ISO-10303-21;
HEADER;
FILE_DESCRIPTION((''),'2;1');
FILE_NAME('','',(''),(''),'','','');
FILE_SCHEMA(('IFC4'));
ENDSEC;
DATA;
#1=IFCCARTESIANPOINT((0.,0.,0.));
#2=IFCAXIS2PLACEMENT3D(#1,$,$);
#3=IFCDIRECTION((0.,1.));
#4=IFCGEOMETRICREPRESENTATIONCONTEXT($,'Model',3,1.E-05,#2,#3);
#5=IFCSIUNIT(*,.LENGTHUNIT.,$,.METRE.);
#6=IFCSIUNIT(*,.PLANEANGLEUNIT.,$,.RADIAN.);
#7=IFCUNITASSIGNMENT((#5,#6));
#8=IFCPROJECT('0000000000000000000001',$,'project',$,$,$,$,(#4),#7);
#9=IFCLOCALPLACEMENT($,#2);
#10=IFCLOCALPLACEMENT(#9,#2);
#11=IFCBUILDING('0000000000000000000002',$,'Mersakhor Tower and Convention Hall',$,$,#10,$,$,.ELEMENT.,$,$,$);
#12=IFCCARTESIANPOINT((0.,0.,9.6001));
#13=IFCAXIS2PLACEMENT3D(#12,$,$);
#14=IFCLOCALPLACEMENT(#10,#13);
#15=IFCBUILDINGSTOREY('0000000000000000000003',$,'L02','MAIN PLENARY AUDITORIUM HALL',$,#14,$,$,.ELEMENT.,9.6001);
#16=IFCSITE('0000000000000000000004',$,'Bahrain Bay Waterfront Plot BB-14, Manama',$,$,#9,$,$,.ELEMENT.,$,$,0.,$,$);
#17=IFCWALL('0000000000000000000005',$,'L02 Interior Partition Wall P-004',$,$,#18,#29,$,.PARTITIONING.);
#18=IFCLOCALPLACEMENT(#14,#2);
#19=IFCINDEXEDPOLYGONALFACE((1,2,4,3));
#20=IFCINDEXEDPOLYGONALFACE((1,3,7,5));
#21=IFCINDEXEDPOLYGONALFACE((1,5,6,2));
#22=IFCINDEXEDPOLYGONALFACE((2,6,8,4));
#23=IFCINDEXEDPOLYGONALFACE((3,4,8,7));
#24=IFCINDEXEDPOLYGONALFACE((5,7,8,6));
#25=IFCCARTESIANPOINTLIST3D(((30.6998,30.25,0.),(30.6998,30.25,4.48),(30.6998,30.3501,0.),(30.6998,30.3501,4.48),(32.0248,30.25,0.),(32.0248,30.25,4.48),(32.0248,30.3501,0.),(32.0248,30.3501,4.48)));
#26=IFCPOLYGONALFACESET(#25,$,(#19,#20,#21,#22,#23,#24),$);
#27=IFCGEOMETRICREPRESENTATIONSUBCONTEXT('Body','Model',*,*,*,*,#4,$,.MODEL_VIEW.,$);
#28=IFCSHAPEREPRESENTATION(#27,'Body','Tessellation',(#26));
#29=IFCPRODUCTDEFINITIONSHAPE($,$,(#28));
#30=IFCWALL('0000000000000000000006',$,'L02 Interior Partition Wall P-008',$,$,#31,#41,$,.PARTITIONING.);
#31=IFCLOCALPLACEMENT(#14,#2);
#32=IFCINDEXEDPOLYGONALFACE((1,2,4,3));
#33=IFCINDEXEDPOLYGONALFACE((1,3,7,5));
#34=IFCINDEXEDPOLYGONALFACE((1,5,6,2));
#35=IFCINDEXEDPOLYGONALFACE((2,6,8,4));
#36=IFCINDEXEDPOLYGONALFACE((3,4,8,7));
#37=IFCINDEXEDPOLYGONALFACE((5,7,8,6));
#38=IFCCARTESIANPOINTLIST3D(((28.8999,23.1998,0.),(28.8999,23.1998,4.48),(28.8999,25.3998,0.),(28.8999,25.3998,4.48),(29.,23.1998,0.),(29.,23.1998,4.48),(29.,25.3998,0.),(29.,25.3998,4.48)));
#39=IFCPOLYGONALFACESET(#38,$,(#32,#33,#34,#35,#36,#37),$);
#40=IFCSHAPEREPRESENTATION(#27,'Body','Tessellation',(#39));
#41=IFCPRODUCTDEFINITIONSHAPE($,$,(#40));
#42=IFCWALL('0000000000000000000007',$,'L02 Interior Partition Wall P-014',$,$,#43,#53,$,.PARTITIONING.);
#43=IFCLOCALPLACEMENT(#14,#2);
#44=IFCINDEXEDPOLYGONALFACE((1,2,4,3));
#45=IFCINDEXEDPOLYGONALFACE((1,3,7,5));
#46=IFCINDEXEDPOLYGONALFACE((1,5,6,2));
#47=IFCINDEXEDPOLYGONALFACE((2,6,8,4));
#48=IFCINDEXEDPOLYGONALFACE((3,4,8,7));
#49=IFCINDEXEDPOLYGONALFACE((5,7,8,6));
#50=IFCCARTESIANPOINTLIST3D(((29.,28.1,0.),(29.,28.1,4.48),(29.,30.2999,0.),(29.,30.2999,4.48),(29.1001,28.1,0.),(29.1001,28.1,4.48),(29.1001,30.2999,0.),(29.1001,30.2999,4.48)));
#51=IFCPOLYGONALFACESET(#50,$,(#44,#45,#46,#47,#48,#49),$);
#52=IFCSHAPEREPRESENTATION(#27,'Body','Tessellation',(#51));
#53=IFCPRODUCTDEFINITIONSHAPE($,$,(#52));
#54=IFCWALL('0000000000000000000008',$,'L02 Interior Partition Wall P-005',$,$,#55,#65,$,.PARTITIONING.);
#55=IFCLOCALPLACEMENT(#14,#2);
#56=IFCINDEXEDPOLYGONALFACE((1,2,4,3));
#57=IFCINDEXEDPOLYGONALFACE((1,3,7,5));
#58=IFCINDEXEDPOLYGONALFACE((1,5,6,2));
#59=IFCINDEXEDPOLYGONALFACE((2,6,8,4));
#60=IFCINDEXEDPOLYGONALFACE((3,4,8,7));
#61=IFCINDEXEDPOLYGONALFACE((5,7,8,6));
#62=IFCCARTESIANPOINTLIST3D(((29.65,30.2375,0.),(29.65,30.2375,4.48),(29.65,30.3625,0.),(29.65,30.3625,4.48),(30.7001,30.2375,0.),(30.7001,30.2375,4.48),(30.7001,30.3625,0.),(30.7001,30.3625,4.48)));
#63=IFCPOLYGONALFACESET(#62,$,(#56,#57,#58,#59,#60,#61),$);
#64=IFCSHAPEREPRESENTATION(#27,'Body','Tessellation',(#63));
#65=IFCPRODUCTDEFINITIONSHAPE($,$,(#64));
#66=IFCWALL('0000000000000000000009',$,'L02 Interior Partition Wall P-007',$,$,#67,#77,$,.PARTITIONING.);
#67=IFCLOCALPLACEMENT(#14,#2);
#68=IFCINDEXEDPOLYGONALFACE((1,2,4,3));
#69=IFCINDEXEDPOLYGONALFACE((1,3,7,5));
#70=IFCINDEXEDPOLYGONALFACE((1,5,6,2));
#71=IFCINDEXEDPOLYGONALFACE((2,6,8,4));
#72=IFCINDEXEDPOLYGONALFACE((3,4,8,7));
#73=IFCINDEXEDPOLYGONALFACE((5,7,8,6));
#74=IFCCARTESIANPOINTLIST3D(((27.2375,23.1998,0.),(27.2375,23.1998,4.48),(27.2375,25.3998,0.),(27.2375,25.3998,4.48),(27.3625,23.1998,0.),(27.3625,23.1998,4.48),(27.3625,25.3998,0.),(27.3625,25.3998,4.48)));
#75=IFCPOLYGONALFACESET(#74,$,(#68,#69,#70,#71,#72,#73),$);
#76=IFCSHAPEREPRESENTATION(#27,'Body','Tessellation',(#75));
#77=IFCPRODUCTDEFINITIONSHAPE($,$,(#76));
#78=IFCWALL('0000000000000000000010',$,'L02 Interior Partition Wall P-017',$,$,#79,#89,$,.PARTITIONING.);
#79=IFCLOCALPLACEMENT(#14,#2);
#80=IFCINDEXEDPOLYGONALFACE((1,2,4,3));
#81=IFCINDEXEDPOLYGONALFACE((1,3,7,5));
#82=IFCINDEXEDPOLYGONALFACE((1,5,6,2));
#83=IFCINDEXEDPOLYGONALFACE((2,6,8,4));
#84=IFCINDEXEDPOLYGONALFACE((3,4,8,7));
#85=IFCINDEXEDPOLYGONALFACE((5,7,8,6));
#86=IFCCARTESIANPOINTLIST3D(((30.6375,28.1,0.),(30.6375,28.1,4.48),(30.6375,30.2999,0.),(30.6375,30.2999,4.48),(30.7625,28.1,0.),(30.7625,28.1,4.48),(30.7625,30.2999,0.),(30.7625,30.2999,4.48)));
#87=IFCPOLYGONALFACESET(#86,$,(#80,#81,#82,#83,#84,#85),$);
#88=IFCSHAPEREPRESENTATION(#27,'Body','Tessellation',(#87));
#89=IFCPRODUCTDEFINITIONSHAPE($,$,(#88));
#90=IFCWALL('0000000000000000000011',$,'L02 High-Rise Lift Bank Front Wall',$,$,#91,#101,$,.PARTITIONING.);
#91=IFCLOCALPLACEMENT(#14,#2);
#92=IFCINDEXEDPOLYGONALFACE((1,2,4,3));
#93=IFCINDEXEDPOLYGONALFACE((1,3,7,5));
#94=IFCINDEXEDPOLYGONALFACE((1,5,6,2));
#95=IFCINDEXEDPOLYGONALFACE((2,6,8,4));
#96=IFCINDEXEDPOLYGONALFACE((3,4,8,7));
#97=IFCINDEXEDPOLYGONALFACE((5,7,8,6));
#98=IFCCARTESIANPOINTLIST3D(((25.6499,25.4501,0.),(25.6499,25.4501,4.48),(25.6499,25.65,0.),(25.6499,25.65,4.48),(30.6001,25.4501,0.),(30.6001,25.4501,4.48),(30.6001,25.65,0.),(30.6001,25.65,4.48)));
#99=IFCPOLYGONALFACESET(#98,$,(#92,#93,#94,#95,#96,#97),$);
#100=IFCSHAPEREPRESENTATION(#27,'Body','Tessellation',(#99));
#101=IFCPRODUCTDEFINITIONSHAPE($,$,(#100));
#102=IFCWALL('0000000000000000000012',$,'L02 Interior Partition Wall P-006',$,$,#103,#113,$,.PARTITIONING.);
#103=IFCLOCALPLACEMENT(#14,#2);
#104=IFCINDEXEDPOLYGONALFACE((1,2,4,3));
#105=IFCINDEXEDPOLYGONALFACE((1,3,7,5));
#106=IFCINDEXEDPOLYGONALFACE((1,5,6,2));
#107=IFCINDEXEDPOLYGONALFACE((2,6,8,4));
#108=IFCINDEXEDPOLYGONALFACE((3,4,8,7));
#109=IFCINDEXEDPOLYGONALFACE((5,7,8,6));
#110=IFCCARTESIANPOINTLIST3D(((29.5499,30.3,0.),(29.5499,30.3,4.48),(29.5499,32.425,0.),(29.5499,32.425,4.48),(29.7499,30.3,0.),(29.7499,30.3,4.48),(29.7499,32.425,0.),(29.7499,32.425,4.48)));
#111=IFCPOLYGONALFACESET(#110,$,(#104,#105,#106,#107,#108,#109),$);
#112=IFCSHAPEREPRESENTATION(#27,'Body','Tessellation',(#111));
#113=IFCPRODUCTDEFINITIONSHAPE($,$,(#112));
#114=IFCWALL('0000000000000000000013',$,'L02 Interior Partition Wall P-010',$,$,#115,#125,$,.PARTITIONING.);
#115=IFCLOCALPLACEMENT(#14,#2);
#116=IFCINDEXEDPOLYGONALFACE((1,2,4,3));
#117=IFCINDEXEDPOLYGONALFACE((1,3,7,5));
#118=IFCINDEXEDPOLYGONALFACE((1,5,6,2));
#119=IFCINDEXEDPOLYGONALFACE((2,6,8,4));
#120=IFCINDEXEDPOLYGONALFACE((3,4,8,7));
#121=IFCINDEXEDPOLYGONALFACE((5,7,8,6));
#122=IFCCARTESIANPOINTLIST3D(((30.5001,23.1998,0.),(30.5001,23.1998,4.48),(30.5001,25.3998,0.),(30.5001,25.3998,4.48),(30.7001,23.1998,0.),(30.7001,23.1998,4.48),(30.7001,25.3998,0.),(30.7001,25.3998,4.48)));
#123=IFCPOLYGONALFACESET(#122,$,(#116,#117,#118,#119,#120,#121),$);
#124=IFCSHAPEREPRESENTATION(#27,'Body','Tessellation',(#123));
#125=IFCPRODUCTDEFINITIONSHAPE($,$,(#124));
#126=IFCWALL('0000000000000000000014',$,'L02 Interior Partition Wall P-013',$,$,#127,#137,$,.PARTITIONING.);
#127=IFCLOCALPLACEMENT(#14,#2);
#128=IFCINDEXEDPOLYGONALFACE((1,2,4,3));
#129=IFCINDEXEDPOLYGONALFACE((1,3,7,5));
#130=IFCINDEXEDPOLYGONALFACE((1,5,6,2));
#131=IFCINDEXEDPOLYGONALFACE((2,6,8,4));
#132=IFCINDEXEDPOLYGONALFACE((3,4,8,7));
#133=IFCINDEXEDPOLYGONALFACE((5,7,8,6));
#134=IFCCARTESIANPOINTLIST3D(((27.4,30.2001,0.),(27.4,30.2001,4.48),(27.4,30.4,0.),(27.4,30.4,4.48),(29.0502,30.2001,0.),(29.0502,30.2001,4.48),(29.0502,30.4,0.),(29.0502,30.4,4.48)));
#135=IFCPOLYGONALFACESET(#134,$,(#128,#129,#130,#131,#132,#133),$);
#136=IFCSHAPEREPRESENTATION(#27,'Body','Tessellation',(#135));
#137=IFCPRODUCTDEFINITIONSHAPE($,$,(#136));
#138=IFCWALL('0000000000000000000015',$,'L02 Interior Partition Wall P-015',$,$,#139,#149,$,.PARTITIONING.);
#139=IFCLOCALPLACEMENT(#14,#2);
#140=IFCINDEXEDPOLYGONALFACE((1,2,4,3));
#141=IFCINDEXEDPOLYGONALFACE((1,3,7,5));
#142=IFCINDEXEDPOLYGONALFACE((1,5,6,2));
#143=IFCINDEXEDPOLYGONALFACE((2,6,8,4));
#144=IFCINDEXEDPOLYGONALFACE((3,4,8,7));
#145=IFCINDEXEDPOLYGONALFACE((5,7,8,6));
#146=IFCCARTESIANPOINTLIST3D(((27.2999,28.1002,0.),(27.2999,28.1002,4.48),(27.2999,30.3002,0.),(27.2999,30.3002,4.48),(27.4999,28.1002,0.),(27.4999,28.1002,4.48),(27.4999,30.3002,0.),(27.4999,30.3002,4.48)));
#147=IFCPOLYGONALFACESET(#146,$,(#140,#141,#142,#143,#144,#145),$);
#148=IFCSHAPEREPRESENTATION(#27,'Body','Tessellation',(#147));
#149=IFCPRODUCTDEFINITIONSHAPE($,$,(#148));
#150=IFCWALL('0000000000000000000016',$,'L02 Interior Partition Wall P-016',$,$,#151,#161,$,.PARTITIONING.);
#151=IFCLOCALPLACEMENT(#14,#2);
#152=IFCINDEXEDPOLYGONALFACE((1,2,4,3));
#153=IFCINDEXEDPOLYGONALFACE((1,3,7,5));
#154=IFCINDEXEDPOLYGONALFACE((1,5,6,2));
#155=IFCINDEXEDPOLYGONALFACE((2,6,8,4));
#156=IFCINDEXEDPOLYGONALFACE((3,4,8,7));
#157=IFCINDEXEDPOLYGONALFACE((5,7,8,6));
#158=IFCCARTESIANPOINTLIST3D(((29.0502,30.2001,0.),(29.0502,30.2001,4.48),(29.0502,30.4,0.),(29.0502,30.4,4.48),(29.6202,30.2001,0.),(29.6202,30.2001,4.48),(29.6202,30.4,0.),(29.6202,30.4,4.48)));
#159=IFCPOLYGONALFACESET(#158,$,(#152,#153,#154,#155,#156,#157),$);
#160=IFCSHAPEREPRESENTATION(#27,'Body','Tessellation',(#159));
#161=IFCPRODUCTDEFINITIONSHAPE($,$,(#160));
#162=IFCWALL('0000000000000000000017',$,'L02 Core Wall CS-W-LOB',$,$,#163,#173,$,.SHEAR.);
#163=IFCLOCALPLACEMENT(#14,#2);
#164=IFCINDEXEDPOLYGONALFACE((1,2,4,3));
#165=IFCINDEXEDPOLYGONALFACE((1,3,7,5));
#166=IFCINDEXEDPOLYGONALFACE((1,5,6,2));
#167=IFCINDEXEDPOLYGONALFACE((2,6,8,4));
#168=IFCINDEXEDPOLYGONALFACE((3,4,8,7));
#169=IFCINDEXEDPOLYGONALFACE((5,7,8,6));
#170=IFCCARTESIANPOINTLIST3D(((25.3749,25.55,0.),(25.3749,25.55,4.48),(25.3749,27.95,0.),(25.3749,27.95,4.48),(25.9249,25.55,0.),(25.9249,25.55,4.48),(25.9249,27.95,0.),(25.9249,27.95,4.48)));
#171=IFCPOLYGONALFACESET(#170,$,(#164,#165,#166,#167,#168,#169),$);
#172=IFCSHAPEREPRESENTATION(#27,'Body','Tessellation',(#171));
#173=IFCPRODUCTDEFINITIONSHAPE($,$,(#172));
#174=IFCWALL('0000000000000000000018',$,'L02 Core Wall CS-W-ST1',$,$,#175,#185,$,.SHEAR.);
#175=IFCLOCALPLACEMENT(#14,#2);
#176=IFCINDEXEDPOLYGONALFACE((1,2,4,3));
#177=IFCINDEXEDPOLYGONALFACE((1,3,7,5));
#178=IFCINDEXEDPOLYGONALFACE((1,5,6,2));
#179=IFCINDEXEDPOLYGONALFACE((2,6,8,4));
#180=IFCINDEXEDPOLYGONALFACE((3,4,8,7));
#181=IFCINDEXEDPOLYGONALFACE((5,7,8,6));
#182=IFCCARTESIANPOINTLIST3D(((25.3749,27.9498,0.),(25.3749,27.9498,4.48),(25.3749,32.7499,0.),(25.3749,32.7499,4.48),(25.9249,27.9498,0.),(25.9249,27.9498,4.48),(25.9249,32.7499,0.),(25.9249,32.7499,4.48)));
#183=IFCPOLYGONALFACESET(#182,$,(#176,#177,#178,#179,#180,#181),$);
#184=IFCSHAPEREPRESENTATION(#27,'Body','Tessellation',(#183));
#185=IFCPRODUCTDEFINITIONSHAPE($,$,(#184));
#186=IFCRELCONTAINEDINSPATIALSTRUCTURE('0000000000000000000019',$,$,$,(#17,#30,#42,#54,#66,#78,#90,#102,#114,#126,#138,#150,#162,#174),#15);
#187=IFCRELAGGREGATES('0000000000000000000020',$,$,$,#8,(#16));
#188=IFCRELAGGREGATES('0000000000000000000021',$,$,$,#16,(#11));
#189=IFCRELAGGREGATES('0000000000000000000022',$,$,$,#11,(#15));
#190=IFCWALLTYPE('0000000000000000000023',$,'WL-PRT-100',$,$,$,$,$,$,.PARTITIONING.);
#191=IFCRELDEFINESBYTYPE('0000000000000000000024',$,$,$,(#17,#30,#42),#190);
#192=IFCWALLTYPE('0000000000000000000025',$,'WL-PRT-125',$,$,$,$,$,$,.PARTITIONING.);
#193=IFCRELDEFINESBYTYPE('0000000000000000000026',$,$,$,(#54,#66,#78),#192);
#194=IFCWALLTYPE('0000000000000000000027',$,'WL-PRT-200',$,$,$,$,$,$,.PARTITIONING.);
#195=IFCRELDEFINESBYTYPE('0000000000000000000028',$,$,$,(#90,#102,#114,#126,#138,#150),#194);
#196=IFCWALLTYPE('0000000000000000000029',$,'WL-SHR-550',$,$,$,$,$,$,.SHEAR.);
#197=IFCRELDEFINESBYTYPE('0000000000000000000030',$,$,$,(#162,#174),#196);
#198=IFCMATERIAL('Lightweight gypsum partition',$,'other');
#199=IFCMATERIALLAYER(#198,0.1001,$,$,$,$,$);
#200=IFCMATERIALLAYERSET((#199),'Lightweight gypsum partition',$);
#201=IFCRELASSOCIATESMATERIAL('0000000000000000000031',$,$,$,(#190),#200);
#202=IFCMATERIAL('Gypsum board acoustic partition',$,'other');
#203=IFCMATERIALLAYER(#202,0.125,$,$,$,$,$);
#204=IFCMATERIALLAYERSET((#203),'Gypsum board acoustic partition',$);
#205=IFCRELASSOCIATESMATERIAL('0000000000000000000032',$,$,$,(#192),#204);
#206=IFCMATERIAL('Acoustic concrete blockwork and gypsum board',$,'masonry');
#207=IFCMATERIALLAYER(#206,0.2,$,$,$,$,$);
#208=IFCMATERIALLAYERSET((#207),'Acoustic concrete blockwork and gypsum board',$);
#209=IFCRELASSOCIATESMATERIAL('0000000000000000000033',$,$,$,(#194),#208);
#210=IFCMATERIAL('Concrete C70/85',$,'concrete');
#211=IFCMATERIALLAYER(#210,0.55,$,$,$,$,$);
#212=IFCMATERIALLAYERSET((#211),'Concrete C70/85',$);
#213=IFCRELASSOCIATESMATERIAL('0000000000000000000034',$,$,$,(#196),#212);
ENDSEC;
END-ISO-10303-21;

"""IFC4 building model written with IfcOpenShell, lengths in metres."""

from ifc_helpers import new_model, si_unit, direction, frame, frame_2d, origin, place, context, subcontext, project, spatial, rectangle, extrude, material, layer, layer_set, type_object, element, save


model = new_model("IFC4")

# Units and contexts
model_context = context("Model", 3, precision=1e-05, world=origin(), true_north=direction((0.0, 1.0)))
body_context = subcontext(model_context, "Body", "Model", "MODEL_VIEW")
ifc_project = project(units=[si_unit("LENGTHUNIT", "METRE"), si_unit("PLANEANGLEUNIT", "RADIAN")], contexts=[model_context])

# Site, building, storey
site_placement = place(None, origin())
site = spatial("IfcSite", under=ifc_project, at=site_placement, Name="Bahrain Bay Waterfront Plot BB-14, Manama", CompositionType="ELEMENT", RefElevation=0.0)
building_placement = place(site_placement, origin())
building = spatial("IfcBuilding", under=site, at=building_placement, Name="Mersakhor Tower and Convention Hall", CompositionType="ELEMENT")
storey_placement = place(building_placement, frame((0.0, 0.0, 9.6001)))
storey = spatial("IfcBuildingStorey", under=building, at=storey_placement, Name="L02", Description="MAIN PLENARY AUDITORIUM HALL", CompositionType="ELEMENT", Elevation=9.6001)

# Walls
ifc_material_1 = material(Name="Lightweight gypsum partition", Category="other")
ifc_layer_1 = layer(ifc_material_1, 0.1001)
ifc_layer_set_1 = layer_set([ifc_layer_1], Name="Lightweight gypsum partition")
wall_type_1 = type_object("IfcWallType", Name="WL-PRT-100", PredefinedType="PARTITIONING", material=ifc_layer_set_1)
wall_1_placement = place(storey_placement, frame((32.0249, 30.3, 0.0), z_axis=(0.0, 0.0, 1.0), x_axis=(-1.0, 0.0, 0.0)))
element("IfcWall", 1, at=wall_1_placement, inside=storey, type_object=wall_type_1, Name="L02 Interior Partition Wall P-004", PredefinedType="PARTITIONING", context=body_context, shape_type="SweptSolid", body=[
    extrude(rectangle(XDim=1.325, YDim=0.1001, at=frame_2d((0.6626, 0.0))), origin(), (0.0, 0.0, 1.0), 4.48),
])
for number, where, z_axis, x_axis, name in (
    (2, (28.95, 25.3999, 0.0), (0.0, 0.0, 1.0), (0.0, -1.0, 0.0), "L02 Interior Partition Wall P-008"),
    (3, (29.05, 30.3, 0.0), (0.0, 0.0, 1.0), (0.0, -1.0, 0.0), "L02 Interior Partition Wall P-014"),
):
    element("IfcWall", number, at=place(storey_placement, frame(where, z_axis=z_axis, x_axis=x_axis)), inside=storey, type_object=wall_type_1, Name=name, PredefinedType="PARTITIONING", context=body_context, shape_type="SweptSolid", body=[
        extrude(rectangle(XDim=2.2, YDim=0.1001, at=frame_2d((1.1001, 0.0))), origin(), (0.0, 0.0, 1.0), 4.48),
    ])
ifc_material_2 = material(Name="Gypsum board acoustic partition", Category="other")
ifc_layer_2 = layer(ifc_material_2, 0.125)
ifc_layer_set_2 = layer_set([ifc_layer_2], Name="Gypsum board acoustic partition")
wall_type_2 = type_object("IfcWallType", Name="WL-PRT-125", PredefinedType="PARTITIONING", material=ifc_layer_set_2)
wall_2_placement = place(storey_placement, frame((30.7, 30.3, 0.0), z_axis=(0.0, 0.0, 1.0), x_axis=(-1.0, 0.0, 0.0)))
element("IfcWall", 4, at=wall_2_placement, inside=storey, type_object=wall_type_2, Name="L02 Interior Partition Wall P-005", PredefinedType="PARTITIONING", context=body_context, shape_type="SweptSolid", body=[
    extrude(rectangle(XDim=1.05, YDim=0.125, at=frame_2d((0.5249, 0.0))), origin(), (0.0, 0.0, 1.0), 4.48),
])
for number, where, z_axis, x_axis, name in (
    (5, (27.3, 25.3999, 0.0), (0.0, 0.0, 1.0), (0.0, -1.0, 0.0), "L02 Interior Partition Wall P-007"),
    (6, (30.7, 30.3, 0.0), (0.0, 0.0, 1.0), (0.0, -1.0, 0.0), "L02 Interior Partition Wall P-017"),
):
    element("IfcWall", number, at=place(storey_placement, frame(where, z_axis=z_axis, x_axis=x_axis)), inside=storey, type_object=wall_type_2, Name=name, PredefinedType="PARTITIONING", context=body_context, shape_type="SweptSolid", body=[
        extrude(rectangle(XDim=2.2, YDim=0.125, at=frame_2d((1.1001, 0.0))), origin(), (0.0, 0.0, 1.0), 4.48),
    ])
ifc_material_3 = material(Name="Acoustic concrete blockwork and gypsum board", Category="masonry")
ifc_layer_3 = layer(ifc_material_3, 0.2)
ifc_layer_set_3 = layer_set([ifc_layer_3], Name="Acoustic concrete blockwork and gypsum board")
wall_type_3 = type_object("IfcWallType", Name="WL-PRT-200", PredefinedType="PARTITIONING", material=ifc_layer_set_3)
wall_3_placement = place(storey_placement, frame((25.6499, 25.55, 0.0), z_axis=(0.0, 0.0, 1.0), x_axis=(1.0, 0.0, 0.0)))
element("IfcWall", 7, at=wall_3_placement, inside=storey, type_object=wall_type_3, Name="L02 High-Rise Lift Bank Front Wall", PredefinedType="PARTITIONING", context=body_context, shape_type="SweptSolid", body=[
    extrude(rectangle(XDim=4.9502, YDim=0.2, at=frame_2d((2.4751, 0.0))), origin(), (0.0, 0.0, 1.0), 4.48),
])

# Walls
wall_4_placement = place(storey_placement, frame((29.6499, 30.3, 0.0), z_axis=(0.0, 0.0, 1.0), x_axis=(0.0, 1.0, 0.0)))
element("IfcWall", 8, at=wall_4_placement, inside=storey, type_object=wall_type_3, Name="L02 Interior Partition Wall P-006", PredefinedType="PARTITIONING", context=body_context, shape_type="SweptSolid", body=[
    extrude(rectangle(XDim=2.125, YDim=0.2, at=frame_2d((1.0625, 0.0))), origin(), (0.0, 0.0, 1.0), 4.48),
])
wall_5_placement = place(storey_placement, frame((30.6001, 25.3999, 0.0), z_axis=(0.0, 0.0, 1.0), x_axis=(0.0, -1.0, 0.0)))
element("IfcWall", 9, at=wall_5_placement, inside=storey, type_object=wall_type_3, Name="L02 Interior Partition Wall P-010", PredefinedType="PARTITIONING", context=body_context, shape_type="SweptSolid", body=[
    extrude(rectangle(XDim=2.2, YDim=0.2, at=frame_2d((1.1001, 0.0))), origin(), (0.0, 0.0, 1.0), 4.48),
])
wall_6_placement = place(storey_placement, frame((27.3999, 30.3, 0.0), z_axis=(0.0, 0.0, 1.0), x_axis=(1.0, 0.0, 0.0)))
element("IfcWall", 10, at=wall_6_placement, inside=storey, type_object=wall_type_3, Name="L02 Interior Partition Wall P-013", PredefinedType="PARTITIONING", context=body_context, shape_type="SweptSolid", body=[
    extrude(rectangle(XDim=1.6501, YDim=0.2, at=frame_2d((0.8252, 0.0))), origin(), (0.0, 0.0, 1.0), 4.48),
])
wall_7_placement = place(storey_placement, frame((27.3999, 28.1001, 0.0), z_axis=(0.0, 0.0, 1.0), x_axis=(0.0, 1.0, 0.0)))
element("IfcWall", 11, at=wall_7_placement, inside=storey, type_object=wall_type_3, Name="L02 Interior Partition Wall P-015", PredefinedType="PARTITIONING", context=body_context, shape_type="SweptSolid", body=[
    extrude(rectangle(XDim=2.2, YDim=0.2, at=frame_2d((1.1001, 0.0))), origin(), (0.0, 0.0, 1.0), 4.48),
])
wall_8_placement = place(storey_placement, frame((29.05, 30.3, 0.0), z_axis=(0.0, 0.0, 1.0), x_axis=(1.0, 0.0, 0.0)))
element("IfcWall", 12, at=wall_8_placement, inside=storey, type_object=wall_type_3, Name="L02 Interior Partition Wall P-016", PredefinedType="PARTITIONING", context=body_context, shape_type="SweptSolid", body=[
    extrude(rectangle(XDim=0.5701, YDim=0.2, at=frame_2d((0.2852, 0.0))), origin(), (0.0, 0.0, 1.0), 4.48),
])

# Shared definitions
ifc_material_4 = material(Name="Concrete C70/85", Category="concrete")
ifc_layer_4 = layer(ifc_material_4, 0.55)
ifc_layer_set_4 = layer_set([ifc_layer_4], Name="Concrete C70/85")
wall_type_4 = type_object("IfcWallType", Name="WL-SHR-550", PredefinedType="SHEAR", material=ifc_layer_set_4)

# Walls
wall_9_placement = place(storey_placement, frame((25.6499, 25.55, 0.0), z_axis=(0.0, 0.0, 1.0), x_axis=(0.0, 1.0, 0.0)))
element("IfcWall", 13, at=wall_9_placement, inside=storey, type_object=wall_type_4, Name="L02 Core Wall CS-W-LOB", PredefinedType="SHEAR", context=body_context, shape_type="SweptSolid", body=[
    extrude(rectangle(XDim=2.3999, YDim=0.55, at=frame_2d((1.2, 0.0))), origin(), (0.0, 0.0, 1.0), 4.48),
])
wall_10_placement = place(storey_placement, frame((25.6499, 27.95, 0.0), z_axis=(0.0, 0.0, 1.0), x_axis=(0.0, 1.0, 0.0)))
element("IfcWall", 14, at=wall_10_placement, inside=storey, type_object=wall_type_4, Name="L02 Core Wall CS-W-ST1", PredefinedType="SHEAR", context=body_context, shape_type="SweptSolid", body=[
    extrude(rectangle(XDim=4.8, YDim=0.55, at=frame_2d((2.3999, 0.0))), origin(), (0.0, 0.0, 1.0), 4.48),
])

save(model, "model.ifc")
